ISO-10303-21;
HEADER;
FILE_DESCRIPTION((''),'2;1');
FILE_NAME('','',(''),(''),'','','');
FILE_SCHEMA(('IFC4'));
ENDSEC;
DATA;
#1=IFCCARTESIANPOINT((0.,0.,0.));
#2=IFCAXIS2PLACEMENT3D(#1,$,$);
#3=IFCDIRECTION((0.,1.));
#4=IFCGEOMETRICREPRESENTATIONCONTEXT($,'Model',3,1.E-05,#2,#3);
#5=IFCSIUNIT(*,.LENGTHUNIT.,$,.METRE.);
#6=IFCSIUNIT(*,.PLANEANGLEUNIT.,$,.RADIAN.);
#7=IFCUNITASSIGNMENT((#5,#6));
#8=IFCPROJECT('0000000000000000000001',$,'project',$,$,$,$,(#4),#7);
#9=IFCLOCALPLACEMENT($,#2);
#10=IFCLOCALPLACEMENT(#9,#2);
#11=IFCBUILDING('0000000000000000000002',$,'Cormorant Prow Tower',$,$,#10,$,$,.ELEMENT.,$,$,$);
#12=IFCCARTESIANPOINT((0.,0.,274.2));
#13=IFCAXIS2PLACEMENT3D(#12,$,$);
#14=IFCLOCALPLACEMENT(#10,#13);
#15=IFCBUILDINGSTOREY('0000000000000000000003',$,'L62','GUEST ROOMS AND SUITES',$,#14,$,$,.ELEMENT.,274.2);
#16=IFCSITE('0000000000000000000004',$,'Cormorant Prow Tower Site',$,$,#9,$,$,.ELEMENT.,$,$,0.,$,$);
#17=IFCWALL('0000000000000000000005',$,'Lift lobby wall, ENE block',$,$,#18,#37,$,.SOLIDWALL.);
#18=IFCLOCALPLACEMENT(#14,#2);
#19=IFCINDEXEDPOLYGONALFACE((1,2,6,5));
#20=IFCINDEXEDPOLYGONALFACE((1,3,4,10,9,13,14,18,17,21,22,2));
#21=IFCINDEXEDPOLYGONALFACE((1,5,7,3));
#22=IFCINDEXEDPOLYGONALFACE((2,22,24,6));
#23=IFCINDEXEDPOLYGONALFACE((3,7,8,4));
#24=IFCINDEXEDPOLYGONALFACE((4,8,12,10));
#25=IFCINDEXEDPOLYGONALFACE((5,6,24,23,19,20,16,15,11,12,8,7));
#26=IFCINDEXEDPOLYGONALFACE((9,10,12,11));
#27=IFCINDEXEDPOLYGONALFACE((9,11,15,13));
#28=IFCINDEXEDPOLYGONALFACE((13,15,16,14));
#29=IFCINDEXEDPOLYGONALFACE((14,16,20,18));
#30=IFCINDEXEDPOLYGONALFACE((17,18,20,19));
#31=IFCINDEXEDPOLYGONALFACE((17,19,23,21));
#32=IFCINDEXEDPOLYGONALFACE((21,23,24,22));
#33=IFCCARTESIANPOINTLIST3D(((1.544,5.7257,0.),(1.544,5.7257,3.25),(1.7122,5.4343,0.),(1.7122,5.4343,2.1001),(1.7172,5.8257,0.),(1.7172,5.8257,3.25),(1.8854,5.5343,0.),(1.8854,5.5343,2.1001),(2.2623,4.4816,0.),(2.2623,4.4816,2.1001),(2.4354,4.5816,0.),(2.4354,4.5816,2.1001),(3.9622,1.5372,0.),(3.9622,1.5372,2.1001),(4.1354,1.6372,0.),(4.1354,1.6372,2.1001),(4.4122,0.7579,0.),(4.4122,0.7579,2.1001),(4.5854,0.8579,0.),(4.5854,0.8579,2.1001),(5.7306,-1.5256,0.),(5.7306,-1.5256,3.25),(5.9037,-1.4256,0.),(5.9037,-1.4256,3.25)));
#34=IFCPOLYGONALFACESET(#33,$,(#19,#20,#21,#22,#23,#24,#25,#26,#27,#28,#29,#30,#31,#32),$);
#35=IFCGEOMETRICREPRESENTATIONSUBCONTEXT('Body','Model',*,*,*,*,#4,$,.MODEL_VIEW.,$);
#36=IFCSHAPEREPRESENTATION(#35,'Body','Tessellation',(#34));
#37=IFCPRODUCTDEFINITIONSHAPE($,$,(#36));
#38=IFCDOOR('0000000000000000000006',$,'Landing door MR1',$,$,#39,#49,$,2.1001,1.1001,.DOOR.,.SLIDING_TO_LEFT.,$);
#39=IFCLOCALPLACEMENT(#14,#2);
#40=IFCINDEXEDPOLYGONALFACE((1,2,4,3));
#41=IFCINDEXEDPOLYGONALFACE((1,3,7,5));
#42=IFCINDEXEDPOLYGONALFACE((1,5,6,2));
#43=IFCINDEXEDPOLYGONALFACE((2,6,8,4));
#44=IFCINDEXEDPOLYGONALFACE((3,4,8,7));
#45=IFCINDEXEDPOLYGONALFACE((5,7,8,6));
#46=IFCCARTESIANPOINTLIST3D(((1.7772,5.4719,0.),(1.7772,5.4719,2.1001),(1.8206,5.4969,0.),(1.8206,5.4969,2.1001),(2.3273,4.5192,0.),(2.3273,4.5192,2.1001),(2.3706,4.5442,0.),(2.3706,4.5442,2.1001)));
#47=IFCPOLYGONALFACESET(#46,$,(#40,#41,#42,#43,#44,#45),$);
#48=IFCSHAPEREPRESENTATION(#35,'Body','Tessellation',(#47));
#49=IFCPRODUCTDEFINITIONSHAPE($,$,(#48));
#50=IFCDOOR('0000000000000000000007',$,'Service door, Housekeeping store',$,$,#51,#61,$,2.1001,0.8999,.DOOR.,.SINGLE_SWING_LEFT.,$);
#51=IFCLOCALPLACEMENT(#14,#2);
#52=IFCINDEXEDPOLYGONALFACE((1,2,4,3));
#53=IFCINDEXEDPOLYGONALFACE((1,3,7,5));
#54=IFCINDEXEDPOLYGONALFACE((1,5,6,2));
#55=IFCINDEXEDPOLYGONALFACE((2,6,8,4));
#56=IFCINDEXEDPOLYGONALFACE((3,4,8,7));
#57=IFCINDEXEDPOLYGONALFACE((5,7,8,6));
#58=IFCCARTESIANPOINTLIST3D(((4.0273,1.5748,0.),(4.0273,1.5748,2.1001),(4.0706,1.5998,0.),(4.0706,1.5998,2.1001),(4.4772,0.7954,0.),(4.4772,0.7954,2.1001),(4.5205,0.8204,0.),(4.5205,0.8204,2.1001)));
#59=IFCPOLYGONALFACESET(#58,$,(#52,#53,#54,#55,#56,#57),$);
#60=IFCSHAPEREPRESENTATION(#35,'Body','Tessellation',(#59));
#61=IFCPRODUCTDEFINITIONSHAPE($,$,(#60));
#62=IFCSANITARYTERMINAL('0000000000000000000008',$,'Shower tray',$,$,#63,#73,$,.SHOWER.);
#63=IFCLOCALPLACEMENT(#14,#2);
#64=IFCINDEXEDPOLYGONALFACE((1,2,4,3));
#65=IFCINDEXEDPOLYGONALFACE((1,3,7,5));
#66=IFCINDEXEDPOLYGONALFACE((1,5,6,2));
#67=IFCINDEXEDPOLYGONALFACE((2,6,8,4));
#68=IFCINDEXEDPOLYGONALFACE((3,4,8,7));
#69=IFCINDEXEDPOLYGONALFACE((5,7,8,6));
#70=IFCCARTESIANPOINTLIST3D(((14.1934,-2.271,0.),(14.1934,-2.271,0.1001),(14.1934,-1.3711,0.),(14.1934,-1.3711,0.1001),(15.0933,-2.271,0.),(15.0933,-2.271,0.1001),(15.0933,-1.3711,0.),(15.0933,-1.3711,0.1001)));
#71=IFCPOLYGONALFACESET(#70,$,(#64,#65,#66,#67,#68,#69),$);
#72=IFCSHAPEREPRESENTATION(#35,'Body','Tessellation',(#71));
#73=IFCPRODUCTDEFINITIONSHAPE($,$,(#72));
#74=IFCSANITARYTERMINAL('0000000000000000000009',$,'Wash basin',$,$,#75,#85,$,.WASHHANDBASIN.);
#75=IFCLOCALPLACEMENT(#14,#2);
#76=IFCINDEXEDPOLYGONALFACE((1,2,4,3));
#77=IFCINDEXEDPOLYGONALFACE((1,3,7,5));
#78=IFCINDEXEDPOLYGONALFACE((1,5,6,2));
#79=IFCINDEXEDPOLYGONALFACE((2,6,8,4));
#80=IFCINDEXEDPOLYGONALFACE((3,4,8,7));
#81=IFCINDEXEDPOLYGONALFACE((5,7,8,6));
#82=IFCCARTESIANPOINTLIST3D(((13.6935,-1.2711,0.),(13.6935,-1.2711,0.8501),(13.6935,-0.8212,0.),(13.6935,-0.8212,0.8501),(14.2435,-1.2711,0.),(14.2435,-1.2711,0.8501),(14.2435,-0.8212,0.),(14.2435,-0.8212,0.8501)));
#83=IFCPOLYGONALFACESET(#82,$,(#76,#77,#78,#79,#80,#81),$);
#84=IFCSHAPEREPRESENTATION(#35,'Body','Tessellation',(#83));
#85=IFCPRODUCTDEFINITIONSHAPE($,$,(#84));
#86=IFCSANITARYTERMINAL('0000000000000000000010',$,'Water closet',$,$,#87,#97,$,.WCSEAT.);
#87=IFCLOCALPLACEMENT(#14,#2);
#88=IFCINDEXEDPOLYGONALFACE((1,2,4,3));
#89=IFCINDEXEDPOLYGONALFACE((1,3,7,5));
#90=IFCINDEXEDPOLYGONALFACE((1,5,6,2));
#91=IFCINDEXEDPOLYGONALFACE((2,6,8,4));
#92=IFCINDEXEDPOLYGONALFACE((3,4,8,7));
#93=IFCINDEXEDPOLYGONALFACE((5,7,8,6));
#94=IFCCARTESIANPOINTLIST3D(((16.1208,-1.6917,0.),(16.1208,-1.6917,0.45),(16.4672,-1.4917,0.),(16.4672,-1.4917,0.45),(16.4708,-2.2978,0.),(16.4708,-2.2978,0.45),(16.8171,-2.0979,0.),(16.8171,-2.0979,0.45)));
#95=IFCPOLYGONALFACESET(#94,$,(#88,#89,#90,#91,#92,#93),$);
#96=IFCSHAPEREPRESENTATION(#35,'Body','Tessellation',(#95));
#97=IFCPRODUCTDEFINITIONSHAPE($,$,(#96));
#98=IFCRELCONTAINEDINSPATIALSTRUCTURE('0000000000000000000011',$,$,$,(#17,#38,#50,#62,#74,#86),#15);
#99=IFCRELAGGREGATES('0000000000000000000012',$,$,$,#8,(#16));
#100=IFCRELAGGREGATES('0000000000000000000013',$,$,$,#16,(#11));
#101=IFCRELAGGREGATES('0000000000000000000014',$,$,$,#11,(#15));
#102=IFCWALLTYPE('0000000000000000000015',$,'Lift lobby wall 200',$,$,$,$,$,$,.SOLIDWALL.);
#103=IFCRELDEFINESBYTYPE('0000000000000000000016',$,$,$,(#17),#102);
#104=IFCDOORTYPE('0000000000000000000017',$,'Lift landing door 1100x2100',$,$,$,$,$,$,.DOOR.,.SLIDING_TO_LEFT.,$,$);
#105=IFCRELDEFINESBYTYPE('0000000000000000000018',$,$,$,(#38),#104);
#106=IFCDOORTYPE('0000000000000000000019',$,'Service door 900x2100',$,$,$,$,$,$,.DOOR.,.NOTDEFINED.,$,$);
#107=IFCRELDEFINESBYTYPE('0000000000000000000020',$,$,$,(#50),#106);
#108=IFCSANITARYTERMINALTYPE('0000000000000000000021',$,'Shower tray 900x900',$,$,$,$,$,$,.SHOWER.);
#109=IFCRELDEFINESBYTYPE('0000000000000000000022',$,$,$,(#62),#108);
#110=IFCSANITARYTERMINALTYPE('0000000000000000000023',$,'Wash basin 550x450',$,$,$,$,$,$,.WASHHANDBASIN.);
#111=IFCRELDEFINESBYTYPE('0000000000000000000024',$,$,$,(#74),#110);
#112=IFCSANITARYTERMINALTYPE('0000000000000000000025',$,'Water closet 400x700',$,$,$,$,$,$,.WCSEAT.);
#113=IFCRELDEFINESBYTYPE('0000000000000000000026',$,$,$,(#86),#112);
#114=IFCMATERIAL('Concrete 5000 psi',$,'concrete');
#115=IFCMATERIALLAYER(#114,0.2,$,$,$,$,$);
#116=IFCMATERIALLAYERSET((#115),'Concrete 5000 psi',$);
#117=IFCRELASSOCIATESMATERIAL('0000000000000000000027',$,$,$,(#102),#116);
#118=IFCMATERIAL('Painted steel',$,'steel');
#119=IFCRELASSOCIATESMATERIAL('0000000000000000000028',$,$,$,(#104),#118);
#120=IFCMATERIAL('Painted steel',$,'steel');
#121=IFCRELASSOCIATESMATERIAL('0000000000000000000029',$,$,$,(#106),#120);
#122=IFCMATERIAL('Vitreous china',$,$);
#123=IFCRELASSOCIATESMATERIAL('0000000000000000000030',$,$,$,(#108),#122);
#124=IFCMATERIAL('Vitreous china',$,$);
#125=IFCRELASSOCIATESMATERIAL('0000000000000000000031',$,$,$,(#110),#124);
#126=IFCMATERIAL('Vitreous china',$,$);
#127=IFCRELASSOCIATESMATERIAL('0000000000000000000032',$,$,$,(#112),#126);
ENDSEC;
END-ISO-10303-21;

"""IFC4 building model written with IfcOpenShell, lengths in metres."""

from ifc_helpers import new_model, si_unit, direction, frame, frame_2d, origin, origin_2d, place, context, subcontext, project, spatial, rectangle, extrude, material, layer, layer_set, type_object, element, fill, save


model = new_model("IFC4")

# Units and contexts
model_context = context("Model", 3, precision=1e-05, world=origin(), true_north=direction((0.0, 1.0)))
body_context = subcontext(model_context, "Body", "Model", "MODEL_VIEW")
ifc_project = project(units=[si_unit("LENGTHUNIT", "METRE"), si_unit("PLANEANGLEUNIT", "RADIAN")], contexts=[model_context])

# Site, building, storey
site_placement = place(None, origin())
site = spatial("IfcSite", under=ifc_project, at=site_placement, Name="Cormorant Prow Tower Site", CompositionType="ELEMENT", RefElevation=0.0)
building_placement = place(site_placement, origin())
building = spatial("IfcBuilding", under=site, at=building_placement, Name="Cormorant Prow Tower", CompositionType="ELEMENT")
storey_placement = place(building_placement, frame((0.0, 0.0, 274.2)))
storey = spatial("IfcBuildingStorey", under=building, at=storey_placement, Name="L62", Description="GUEST ROOMS AND SUITES", CompositionType="ELEMENT", Elevation=274.2)

# Wall, openings, doors
ifc_material_1 = material(Name="Concrete 5000 psi", Category="concrete")
ifc_layer_1 = layer(ifc_material_1, 0.2)
ifc_layer_set_1 = layer_set([ifc_layer_1], Name="Concrete 5000 psi")
wall_type_1 = type_object("IfcWallType", Name="Lift lobby wall 200", PredefinedType="SOLIDWALL", material=ifc_layer_set_1)
wall_1_placement = place(storey_placement, frame((5.8171, -1.4756, 0.0), z_axis=(0.0, 0.0, 1.0), x_axis=(-0.500003, 0.866024, 0.0)))
wall_1 = element("IfcWall", 1, at=wall_1_placement, inside=storey, type_object=wall_type_1, Name="Lift lobby wall, ENE block", PredefinedType="SOLIDWALL", context=body_context, shape_type="SweptSolid", body=[
    extrude(rectangle(XDim=8.373, YDim=0.2, at=frame_2d((4.1865, 0.0))), origin(), (0.0, 0.0, 1.0), 3.25),
])
opening_1_placement = place(wall_1_placement, frame((2.6367, 0.0, 0.0)))
opening_1 = element("IfcOpeningElement", 2, at=opening_1_placement, cuts=wall_1, PredefinedType="OPENING", context=body_context, shape_type="SweptSolid", body=[
    extrude(rectangle(XDim=0.8999, YDim=2.1001, at=frame_2d((0.45, 1.05))), frame((0.0, 0.1099, 0.0), z_axis=(0.0, -1.0, 0.0), x_axis=(1.0, 0.0, 0.0)), (0.0, 0.0, 1.0), 0.22),
])
opening_2_placement = place(wall_1_placement, frame((6.9365, 0.0, 0.0)))
opening_2 = element("IfcOpeningElement", 3, at=opening_2_placement, cuts=wall_1, PredefinedType="OPENING", context=body_context, shape_type="SweptSolid", body=[
    extrude(rectangle(XDim=1.1001, YDim=2.1001, at=frame_2d((0.55, 1.05))), frame((0.0, 0.1099, 0.0), z_axis=(0.0, -1.0, 0.0), x_axis=(1.0, 0.0, 0.0)), (0.0, 0.0, 1.0), 0.22),
])
ifc_material_2 = material(Name="Painted steel", Category="steel")
door_type_1 = type_object("IfcDoorType", Name="Lift landing door 1100x2100", OperationType="SLIDING_TO_LEFT", PredefinedType="DOOR", material=ifc_material_2)
door_1_placement = place(opening_2_placement, origin())
door_1 = element("IfcDoor", 4, at=door_1_placement, inside=storey, type_object=door_type_1, Name="Landing door MR1", OperationType="SLIDING_TO_LEFT", OverallHeight=2.1001, OverallWidth=1.1001, PredefinedType="DOOR", context=body_context, shape_type="SweptSolid", body=[
    extrude(rectangle(XDim=1.1001, YDim=2.1001, at=frame_2d((0.55, 1.05))), frame((0.0, 0.0249, 0.0), z_axis=(0.0, -1.0, 0.0), x_axis=(1.0, 0.0, 0.0)), (0.0, 0.0, 1.0), 0.05),
])
fill(opening_2, door_1)
ifc_material_3 = material(Name="Painted steel", Category="steel")
door_type_2 = type_object("IfcDoorType", Name="Service door 900x2100", OperationType="NOTDEFINED", PredefinedType="DOOR", material=ifc_material_3)
door_2_placement = place(opening_1_placement, origin())
door_2 = element("IfcDoor", 5, at=door_2_placement, inside=storey, type_object=door_type_2, Name="Service door, Housekeeping store", OperationType="SINGLE_SWING_LEFT", OverallHeight=2.1001, OverallWidth=0.8999, PredefinedType="DOOR", context=body_context, shape_type="SweptSolid", body=[
    extrude(rectangle(XDim=0.8999, YDim=2.1001, at=frame_2d((0.45, 1.05))), frame((0.0, 0.0249, 0.0), z_axis=(0.0, -1.0, 0.0), x_axis=(1.0, 0.0, 0.0)), (0.0, 0.0, 1.0), 0.05),
])
fill(opening_1, door_2)

# Sanitary terminals
ifc_material_4 = material(Name="Vitreous china")
sanitary_terminal_type_1 = type_object("IfcSanitaryTerminalType", Name="Shower tray 900x900", PredefinedType="SHOWER", material=ifc_material_4)
sanitary_terminal_1_placement = place(storey_placement, frame((14.6433, -1.821, 0.0), z_axis=(0.0, 0.0, 1.0), x_axis=(1.0, 0.0, 0.0)))
element("IfcSanitaryTerminal", 6, at=sanitary_terminal_1_placement, inside=storey, type_object=sanitary_terminal_type_1, Name="Shower tray", PredefinedType="SHOWER", context=body_context, shape_type="SweptSolid", body=[
    extrude(rectangle(XDim=0.8999, YDim=0.8999, at=origin_2d()), origin(), (0.0, 0.0, 1.0), 0.1001),
])
ifc_material_5 = material(Name="Vitreous china")
sanitary_terminal_type_2 = type_object("IfcSanitaryTerminalType", Name="Wash basin 550x450", PredefinedType="WASHHANDBASIN", material=ifc_material_5)
sanitary_terminal_2_placement = place(storey_placement, frame((13.9685, -1.0461, 0.0), z_axis=(0.0, 0.0, 1.0), x_axis=(1.0, 0.0, 0.0)))
element("IfcSanitaryTerminal", 7, at=sanitary_terminal_2_placement, inside=storey, type_object=sanitary_terminal_type_2, Name="Wash basin", PredefinedType="WASHHANDBASIN", context=body_context, shape_type="SweptSolid", body=[
    extrude(rectangle(XDim=0.55, YDim=0.45, at=origin_2d()), origin(), (0.0, 0.0, 1.0), 0.8501),
])
ifc_material_6 = material(Name="Vitreous china")
sanitary_terminal_type_3 = type_object("IfcSanitaryTerminalType", Name="Water closet 400x700", PredefinedType="WCSEAT", material=ifc_material_6)
sanitary_terminal_3_placement = place(storey_placement, frame((16.469, -1.8948, 0.0), z_axis=(0.0, 0.0, 1.0), x_axis=(-0.866025, -0.5, 0.0)))
element("IfcSanitaryTerminal", 8, at=sanitary_terminal_3_placement, inside=storey, type_object=sanitary_terminal_type_3, Name="Water closet", PredefinedType="WCSEAT", context=body_context, shape_type="SweptSolid", body=[
    extrude(rectangle(XDim=0.3999, YDim=0.7, at=origin_2d()), origin(), (0.0, 0.0, 1.0), 0.45),
])

save(model, "model.ifc")
